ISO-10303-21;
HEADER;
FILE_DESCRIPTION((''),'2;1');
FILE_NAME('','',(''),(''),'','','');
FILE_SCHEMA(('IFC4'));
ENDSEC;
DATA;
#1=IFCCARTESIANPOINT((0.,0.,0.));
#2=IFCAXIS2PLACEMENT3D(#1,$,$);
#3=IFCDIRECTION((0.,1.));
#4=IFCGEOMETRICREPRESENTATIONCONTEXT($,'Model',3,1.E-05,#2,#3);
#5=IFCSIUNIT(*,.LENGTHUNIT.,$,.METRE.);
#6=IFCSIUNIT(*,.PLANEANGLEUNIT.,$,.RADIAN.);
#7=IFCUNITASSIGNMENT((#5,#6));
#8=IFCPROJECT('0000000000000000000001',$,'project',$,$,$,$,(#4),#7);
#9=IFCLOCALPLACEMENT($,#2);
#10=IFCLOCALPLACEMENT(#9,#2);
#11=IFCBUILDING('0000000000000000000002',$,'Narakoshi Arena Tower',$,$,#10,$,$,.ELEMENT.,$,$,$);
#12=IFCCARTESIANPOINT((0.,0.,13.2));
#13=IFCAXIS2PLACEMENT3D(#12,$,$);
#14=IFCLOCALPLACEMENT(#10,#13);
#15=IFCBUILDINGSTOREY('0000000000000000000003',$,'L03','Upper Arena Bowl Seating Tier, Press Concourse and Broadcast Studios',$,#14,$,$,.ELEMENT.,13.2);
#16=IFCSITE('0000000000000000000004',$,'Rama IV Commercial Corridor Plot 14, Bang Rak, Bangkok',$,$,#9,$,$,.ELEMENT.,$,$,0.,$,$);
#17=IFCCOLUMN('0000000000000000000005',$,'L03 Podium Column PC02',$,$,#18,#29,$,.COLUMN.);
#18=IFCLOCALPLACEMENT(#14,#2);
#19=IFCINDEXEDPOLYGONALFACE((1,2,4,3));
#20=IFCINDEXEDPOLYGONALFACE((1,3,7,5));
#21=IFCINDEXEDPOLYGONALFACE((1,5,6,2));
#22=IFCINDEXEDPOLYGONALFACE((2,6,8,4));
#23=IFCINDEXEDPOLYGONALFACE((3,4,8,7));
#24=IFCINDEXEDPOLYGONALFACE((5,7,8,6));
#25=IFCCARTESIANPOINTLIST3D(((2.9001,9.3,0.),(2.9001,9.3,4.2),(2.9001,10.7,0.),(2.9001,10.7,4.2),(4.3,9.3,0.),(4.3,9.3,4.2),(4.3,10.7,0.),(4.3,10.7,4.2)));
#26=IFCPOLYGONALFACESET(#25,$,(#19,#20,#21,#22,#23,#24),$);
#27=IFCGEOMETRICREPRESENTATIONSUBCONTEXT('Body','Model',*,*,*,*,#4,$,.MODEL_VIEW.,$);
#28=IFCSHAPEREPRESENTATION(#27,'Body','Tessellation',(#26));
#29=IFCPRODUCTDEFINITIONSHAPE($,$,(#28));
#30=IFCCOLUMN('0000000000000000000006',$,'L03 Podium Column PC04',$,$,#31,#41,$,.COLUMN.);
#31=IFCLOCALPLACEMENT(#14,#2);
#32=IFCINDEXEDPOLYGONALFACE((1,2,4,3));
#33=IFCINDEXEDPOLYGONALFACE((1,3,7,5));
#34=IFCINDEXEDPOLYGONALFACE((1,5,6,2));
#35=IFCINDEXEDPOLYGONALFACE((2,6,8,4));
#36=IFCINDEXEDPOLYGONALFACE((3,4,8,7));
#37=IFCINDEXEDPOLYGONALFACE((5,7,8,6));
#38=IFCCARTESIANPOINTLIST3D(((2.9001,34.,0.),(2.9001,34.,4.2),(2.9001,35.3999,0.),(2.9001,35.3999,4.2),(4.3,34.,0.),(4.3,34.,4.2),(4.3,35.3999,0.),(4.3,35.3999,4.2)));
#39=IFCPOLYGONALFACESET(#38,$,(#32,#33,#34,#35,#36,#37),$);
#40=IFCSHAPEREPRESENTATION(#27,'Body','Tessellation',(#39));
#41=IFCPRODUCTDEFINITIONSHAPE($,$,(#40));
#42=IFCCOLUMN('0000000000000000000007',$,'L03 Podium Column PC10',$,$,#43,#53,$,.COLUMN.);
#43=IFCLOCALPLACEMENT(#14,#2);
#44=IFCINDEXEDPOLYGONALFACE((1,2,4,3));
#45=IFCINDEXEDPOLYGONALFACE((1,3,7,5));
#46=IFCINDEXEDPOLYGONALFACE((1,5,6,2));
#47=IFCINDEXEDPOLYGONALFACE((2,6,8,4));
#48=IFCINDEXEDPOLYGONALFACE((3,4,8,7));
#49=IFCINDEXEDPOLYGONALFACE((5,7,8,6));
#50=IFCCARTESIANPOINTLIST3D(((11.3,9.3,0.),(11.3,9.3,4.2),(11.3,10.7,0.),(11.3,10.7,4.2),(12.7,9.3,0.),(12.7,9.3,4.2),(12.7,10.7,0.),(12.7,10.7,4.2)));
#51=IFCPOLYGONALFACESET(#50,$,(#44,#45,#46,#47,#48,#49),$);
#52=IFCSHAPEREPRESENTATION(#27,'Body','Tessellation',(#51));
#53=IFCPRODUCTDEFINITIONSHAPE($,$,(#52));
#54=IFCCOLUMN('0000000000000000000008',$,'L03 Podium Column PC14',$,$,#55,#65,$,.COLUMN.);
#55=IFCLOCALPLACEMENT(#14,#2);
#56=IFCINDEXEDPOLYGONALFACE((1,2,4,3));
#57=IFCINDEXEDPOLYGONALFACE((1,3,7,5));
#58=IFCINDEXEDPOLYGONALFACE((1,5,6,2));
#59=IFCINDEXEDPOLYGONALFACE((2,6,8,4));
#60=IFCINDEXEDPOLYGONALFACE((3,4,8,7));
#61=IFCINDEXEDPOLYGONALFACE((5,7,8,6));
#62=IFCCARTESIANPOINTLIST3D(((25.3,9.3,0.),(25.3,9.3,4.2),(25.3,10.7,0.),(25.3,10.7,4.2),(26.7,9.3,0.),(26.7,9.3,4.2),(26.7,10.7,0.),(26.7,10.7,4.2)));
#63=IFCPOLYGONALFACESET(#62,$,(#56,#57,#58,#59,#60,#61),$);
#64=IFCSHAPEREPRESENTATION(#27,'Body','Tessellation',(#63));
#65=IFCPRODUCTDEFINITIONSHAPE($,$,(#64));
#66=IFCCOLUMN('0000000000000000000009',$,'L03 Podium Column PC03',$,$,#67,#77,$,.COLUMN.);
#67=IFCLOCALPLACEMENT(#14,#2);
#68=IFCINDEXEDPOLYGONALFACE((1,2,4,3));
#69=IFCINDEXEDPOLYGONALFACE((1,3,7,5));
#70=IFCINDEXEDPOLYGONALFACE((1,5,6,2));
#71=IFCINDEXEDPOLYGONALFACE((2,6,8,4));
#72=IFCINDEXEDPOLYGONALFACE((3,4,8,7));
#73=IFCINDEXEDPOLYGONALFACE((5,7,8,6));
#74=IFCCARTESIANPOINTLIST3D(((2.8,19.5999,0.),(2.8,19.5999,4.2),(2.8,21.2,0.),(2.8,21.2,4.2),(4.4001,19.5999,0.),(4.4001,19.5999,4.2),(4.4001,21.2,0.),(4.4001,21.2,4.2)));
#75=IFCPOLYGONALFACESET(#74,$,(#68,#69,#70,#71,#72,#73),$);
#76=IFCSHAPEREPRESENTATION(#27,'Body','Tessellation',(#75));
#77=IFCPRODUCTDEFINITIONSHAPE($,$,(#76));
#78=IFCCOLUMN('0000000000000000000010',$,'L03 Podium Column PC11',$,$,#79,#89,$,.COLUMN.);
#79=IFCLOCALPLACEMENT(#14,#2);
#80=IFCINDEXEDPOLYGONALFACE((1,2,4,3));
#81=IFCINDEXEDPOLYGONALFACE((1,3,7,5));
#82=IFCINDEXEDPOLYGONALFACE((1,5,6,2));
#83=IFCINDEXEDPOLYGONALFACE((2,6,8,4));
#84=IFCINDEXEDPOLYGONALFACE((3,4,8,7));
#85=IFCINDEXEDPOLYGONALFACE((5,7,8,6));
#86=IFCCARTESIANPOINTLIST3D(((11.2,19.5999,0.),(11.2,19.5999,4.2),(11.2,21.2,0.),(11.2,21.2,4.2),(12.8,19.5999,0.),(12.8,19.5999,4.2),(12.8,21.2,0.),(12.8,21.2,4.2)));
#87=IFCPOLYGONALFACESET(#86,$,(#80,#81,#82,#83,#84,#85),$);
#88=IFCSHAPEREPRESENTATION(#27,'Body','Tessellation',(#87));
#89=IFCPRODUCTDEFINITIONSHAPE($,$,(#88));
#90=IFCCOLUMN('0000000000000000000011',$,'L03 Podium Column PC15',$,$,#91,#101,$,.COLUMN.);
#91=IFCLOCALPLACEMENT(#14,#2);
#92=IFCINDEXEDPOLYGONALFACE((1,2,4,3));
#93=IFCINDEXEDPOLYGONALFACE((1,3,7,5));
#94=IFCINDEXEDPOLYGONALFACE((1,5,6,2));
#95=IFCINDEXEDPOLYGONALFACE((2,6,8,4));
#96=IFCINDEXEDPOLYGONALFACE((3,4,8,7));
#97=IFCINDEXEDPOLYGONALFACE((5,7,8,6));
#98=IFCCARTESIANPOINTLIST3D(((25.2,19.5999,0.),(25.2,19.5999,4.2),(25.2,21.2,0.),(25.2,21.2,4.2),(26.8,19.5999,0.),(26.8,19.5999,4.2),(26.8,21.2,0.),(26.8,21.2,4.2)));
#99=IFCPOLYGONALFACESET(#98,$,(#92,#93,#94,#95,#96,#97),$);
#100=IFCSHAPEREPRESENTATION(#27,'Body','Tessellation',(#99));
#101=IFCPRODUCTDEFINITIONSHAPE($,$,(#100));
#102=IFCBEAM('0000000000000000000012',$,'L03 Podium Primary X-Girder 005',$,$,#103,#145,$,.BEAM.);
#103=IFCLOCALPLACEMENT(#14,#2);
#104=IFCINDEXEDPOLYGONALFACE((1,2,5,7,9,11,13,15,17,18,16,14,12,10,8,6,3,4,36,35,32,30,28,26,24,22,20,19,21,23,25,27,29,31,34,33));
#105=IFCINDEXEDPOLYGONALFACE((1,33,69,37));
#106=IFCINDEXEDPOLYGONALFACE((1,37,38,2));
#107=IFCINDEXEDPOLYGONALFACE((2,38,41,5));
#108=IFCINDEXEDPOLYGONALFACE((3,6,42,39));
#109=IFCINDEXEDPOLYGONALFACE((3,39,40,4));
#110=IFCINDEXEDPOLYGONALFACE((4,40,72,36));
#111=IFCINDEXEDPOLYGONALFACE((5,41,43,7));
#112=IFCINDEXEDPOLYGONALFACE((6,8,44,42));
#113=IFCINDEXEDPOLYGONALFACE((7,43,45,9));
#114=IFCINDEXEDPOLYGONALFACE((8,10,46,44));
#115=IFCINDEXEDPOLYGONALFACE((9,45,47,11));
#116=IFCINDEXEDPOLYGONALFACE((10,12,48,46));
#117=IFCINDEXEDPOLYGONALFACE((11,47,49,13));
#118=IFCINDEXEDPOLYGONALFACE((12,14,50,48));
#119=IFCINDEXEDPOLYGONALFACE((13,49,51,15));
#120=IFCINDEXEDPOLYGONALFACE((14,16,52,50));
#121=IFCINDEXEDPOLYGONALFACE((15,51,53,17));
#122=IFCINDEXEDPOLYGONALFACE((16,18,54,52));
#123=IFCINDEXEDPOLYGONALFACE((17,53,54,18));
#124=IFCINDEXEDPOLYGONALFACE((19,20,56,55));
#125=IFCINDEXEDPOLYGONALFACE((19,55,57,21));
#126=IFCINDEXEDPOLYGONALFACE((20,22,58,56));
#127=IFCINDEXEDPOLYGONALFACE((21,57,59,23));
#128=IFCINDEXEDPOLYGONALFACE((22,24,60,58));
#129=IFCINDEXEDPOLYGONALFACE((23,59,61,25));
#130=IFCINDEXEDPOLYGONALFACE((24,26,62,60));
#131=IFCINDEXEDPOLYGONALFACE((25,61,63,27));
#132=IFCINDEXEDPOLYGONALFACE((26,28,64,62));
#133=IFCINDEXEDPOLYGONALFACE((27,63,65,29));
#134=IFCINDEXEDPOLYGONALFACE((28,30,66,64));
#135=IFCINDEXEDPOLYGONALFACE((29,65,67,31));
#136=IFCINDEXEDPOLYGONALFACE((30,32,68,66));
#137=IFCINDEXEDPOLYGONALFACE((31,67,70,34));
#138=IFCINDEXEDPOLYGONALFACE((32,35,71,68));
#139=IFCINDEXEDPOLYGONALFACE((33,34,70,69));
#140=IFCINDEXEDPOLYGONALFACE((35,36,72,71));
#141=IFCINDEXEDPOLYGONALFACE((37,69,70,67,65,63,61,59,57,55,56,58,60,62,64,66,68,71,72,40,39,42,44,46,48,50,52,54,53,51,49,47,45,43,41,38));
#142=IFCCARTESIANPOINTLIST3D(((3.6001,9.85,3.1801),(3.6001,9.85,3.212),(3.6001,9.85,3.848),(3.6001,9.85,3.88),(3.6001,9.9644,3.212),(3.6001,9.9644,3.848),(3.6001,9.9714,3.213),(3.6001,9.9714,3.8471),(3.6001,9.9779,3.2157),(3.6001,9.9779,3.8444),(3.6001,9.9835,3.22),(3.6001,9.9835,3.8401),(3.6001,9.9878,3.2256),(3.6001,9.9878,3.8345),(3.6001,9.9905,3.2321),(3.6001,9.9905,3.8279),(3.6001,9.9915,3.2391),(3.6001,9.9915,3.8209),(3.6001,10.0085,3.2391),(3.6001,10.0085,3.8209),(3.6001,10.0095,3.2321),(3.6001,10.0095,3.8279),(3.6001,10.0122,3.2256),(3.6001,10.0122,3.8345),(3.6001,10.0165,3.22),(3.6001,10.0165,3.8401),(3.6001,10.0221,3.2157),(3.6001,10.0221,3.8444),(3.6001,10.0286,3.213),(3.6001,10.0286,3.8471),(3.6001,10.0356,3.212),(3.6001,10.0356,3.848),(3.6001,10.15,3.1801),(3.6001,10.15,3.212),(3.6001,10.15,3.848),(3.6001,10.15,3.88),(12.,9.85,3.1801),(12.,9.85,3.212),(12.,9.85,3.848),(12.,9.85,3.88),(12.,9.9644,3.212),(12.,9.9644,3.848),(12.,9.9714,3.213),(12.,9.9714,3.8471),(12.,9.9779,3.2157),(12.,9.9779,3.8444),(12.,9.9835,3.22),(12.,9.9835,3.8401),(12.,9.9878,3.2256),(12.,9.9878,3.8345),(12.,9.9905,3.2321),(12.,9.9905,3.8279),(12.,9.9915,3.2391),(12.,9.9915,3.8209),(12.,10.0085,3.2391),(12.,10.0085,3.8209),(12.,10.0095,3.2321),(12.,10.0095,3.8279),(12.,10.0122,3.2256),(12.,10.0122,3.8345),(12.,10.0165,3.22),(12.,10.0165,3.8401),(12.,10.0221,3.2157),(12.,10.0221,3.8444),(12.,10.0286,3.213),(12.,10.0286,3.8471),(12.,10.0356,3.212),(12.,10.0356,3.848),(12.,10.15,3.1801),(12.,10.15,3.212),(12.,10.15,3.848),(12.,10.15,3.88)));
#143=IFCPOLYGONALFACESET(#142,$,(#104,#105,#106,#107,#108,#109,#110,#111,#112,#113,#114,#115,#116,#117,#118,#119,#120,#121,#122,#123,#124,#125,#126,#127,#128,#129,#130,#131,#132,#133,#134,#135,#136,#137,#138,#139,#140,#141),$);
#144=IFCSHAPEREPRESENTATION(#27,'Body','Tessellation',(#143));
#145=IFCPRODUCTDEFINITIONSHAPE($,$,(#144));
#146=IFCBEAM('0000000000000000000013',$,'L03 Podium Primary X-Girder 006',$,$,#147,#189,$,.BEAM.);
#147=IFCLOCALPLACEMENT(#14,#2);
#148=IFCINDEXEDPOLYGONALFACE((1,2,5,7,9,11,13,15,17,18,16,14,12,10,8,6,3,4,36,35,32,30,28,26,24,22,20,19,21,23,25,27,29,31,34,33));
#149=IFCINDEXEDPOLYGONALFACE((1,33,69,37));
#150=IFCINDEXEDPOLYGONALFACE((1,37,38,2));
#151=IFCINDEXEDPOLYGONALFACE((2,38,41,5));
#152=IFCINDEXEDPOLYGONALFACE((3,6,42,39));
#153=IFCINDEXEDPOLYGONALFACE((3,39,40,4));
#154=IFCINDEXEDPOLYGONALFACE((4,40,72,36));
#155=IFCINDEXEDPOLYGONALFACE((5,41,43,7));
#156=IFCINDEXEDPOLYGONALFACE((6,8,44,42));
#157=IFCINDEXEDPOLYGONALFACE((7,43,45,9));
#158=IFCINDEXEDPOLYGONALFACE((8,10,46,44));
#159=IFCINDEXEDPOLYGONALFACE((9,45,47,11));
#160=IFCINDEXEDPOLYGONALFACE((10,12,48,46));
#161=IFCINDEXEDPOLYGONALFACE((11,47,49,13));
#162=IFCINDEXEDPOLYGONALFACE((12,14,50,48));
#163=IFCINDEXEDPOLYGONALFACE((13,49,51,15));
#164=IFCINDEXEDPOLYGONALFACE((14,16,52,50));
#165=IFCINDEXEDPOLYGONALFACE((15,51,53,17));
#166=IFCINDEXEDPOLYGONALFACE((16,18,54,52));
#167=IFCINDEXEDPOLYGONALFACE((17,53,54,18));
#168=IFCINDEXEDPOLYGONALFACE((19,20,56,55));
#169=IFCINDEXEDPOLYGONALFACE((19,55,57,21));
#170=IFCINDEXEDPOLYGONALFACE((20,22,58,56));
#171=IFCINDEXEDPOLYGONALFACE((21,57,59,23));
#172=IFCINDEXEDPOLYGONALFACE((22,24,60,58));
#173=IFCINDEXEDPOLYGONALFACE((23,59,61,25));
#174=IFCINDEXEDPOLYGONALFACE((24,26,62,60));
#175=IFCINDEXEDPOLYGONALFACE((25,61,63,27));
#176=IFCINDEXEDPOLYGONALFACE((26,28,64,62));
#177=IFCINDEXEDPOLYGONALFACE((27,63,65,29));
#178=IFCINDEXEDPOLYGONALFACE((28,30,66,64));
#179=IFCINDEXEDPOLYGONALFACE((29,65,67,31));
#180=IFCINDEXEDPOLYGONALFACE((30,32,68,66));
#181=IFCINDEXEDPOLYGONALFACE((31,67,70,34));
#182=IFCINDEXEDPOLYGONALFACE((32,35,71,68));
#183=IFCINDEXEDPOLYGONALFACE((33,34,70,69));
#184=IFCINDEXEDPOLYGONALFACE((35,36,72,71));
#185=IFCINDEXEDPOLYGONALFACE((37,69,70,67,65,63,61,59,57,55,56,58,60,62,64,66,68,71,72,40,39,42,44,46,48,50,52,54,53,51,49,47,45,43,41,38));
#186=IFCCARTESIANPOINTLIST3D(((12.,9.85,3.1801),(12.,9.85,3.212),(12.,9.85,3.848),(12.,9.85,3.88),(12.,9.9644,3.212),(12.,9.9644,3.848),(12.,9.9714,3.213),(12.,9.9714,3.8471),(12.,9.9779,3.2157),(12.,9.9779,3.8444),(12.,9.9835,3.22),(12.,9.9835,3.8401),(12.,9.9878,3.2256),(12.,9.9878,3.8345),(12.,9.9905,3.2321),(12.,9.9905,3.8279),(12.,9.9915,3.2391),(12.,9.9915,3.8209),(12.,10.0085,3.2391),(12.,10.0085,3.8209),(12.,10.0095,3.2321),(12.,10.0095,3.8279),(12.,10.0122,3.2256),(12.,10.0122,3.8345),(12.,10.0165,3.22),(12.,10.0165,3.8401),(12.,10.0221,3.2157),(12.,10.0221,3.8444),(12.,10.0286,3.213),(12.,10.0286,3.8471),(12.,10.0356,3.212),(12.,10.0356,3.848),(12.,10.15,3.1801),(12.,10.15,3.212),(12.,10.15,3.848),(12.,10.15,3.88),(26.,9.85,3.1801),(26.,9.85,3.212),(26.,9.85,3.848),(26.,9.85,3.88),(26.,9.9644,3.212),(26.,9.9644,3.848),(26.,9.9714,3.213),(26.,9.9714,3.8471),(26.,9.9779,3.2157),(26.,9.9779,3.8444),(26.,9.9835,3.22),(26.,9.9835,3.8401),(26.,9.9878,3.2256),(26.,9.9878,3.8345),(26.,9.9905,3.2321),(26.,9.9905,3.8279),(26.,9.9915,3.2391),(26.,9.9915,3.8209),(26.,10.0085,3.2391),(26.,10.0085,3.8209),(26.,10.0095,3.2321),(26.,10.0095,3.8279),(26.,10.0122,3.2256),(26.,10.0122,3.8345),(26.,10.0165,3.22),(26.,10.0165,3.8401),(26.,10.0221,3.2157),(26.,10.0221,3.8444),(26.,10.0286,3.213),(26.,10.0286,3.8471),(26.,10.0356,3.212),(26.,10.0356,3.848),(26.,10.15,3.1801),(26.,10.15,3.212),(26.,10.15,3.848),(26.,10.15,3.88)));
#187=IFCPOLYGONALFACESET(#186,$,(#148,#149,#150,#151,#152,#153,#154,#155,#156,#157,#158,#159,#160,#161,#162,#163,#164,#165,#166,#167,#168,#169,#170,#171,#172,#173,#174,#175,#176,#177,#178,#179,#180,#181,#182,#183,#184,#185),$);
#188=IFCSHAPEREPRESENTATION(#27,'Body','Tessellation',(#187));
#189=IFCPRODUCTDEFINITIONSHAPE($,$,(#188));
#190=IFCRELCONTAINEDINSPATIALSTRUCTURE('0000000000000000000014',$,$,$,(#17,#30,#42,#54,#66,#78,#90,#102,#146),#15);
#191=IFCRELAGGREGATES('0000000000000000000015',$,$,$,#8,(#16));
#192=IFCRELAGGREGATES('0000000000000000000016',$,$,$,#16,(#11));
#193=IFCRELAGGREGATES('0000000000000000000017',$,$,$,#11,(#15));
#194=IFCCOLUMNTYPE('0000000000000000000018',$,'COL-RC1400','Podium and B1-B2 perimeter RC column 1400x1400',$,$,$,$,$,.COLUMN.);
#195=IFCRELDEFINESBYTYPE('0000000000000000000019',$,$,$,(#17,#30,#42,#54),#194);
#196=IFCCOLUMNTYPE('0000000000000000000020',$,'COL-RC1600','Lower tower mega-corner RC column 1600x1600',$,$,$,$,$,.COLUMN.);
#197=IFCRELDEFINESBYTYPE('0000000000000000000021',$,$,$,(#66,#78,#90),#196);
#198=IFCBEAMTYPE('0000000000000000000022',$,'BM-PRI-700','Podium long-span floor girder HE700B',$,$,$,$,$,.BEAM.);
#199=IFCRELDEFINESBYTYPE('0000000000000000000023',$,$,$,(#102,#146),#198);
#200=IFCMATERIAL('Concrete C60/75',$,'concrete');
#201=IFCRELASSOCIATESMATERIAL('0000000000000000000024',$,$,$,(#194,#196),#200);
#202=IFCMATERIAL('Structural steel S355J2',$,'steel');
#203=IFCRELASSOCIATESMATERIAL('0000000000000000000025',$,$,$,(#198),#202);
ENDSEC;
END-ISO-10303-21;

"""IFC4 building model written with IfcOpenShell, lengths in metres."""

from ifc_helpers import new_model, si_unit, direction, frame, origin, origin_2d, place, context, subcontext, project, spatial, rectangle, i_section, extrude, material, material_profile, profile_set, type_object, element, save


model = new_model("IFC4")

# Units and contexts
model_context = context("Model", 3, precision=1e-05, world=origin(), true_north=direction((0.0, 1.0)))
body_context = subcontext(model_context, "Body", "Model", "MODEL_VIEW")
ifc_project = project(units=[si_unit("LENGTHUNIT", "METRE"), si_unit("PLANEANGLEUNIT", "RADIAN")], contexts=[model_context])

# Site, building, storey
site_placement = place(None, origin())
site = spatial("IfcSite", under=ifc_project, at=site_placement, Name="Rama IV Commercial Corridor Plot 14, Bang Rak, Bangkok", CompositionType="ELEMENT", RefElevation=0.0)
building_placement = place(site_placement, origin())
building = spatial("IfcBuilding", under=site, at=building_placement, Name="Narakoshi Arena Tower", CompositionType="ELEMENT")
storey_placement = place(building_placement, frame((0.0, 0.0, 13.2)))
storey = spatial("IfcBuildingStorey", under=building, at=storey_placement, Name="L03", Description="Upper Arena Bowl Seating Tier, Press Concourse and Broadcast Studios", CompositionType="ELEMENT", Elevation=13.2)

# Columns
ifc_material_1 = material(Name="Concrete C60/75", Category="concrete")
ifc_material_profile_1 = material_profile(ifc_material_1, rectangle(XDim=1.3999, YDim=1.3999, at=origin_2d()), Name="RC1400x1400")
ifc_profile_set_1 = profile_set([ifc_material_profile_1], Name="Concrete C60/75")
column_type_1 = type_object("IfcColumnType", Name="COL-RC1400", Description="Podium and B1-B2 perimeter RC column 1400x1400", PredefinedType="COLUMN", material=ifc_profile_set_1)
for number, where, z_axis, x_axis, name in (
    (1, (3.6001, 10.0, 0.0), (0.0, 0.0, 1.0), (1.0, 0.0, 0.0), "L03 Podium Column PC02"),
    (2, (3.6001, 34.7, 0.0), (0.0, 0.0, 1.0), (1.0, 0.0, 0.0), "L03 Podium Column PC04"),
    (3, (12.0, 10.0, 0.0), (0.0, 0.0, 1.0), (1.0, 0.0, 0.0), "L03 Podium Column PC10"),
    (4, (26.0, 10.0, 0.0), (0.0, 0.0, 1.0), (1.0, 0.0, 0.0), "L03 Podium Column PC14"),
):
    element("IfcColumn", number, at=place(storey_placement, frame(where, z_axis=z_axis, x_axis=x_axis)), inside=storey, type_object=column_type_1, Name=name, PredefinedType="COLUMN", context=body_context, shape_type="SweptSolid", body=[
        extrude(rectangle(XDim=1.3999, YDim=1.3999, at=origin_2d()), origin(), (0.0, 0.0, 1.0), 4.2),
    ])
ifc_material_profile_2 = material_profile(ifc_material_1, rectangle(XDim=1.6001, YDim=1.6001, at=origin_2d()), Name="RC1600x1600")
ifc_profile_set_2 = profile_set([ifc_material_profile_2], Name="Concrete C60/75")
column_type_2 = type_object("IfcColumnType", Name="COL-RC1600", Description="Lower tower mega-corner RC column 1600x1600", PredefinedType="COLUMN", material=ifc_profile_set_2)
for number, where, z_axis, x_axis, name in (
    (5, (3.6001, 20.3999, 0.0), (0.0, 0.0, 1.0), (1.0, 0.0, 0.0), "L03 Podium Column PC03"),
    (6, (12.0, 20.3999, 0.0), (0.0, 0.0, 1.0), (1.0, 0.0, 0.0), "L03 Podium Column PC11"),
    (7, (26.0, 20.3999, 0.0), (0.0, 0.0, 1.0), (1.0, 0.0, 0.0), "L03 Podium Column PC15"),
):
    element("IfcColumn", number, at=place(storey_placement, frame(where, z_axis=z_axis, x_axis=x_axis)), inside=storey, type_object=column_type_2, Name=name, PredefinedType="COLUMN", context=body_context, shape_type="SweptSolid", body=[
        extrude(rectangle(XDim=1.6001, YDim=1.6001, at=origin_2d()), origin(), (0.0, 0.0, 1.0), 4.2),
    ])

# Beams
ifc_material_2 = material(Name="Structural steel S355J2", Category="steel")
ifc_material_profile_3 = material_profile(ifc_material_2, i_section(OverallWidth=0.3, OverallDepth=0.7, WebThickness=0.0171, FlangeThickness=0.032, FilletRadius=0.0271, at=origin_2d()), Name="HE700B")
ifc_profile_set_3 = profile_set([ifc_material_profile_3], Name="Structural steel S355J2")
beam_type_1 = type_object("IfcBeamType", Name="BM-PRI-700", Description="Podium long-span floor girder HE700B", PredefinedType="BEAM", material=ifc_profile_set_3)
beam_1_placement = place(storey_placement, frame((3.6001, 10.0, 3.53), z_axis=(1.0, 0.0, 0.0), x_axis=(0.0, 1.0, 0.0)))
element("IfcBeam", 8, at=beam_1_placement, inside=storey, type_object=beam_type_1, Name="L03 Podium Primary X-Girder 005", PredefinedType="BEAM", context=body_context, shape_type="SweptSolid", body=[
    extrude(i_section(OverallWidth=0.3, OverallDepth=0.7, WebThickness=0.0171, FlangeThickness=0.032, FilletRadius=0.0271, at=origin_2d()), origin(), (0.0, 0.0, 1.0), 8.3999),
])
for number, where, z_axis, x_axis, name in (
    (9, (12.0, 10.0, 3.53), (1.0, 0.0, 0.0), (0.0, 1.0, 0.0), "L03 Podium Primary X-Girder 006"),
):
    element("IfcBeam", number, at=place(storey_placement, frame(where, z_axis=z_axis, x_axis=x_axis)), inside=storey, type_object=beam_type_1, Name=name, PredefinedType="BEAM", context=body_context, shape_type="SweptSolid", body=[
        extrude(i_section(OverallWidth=0.3, OverallDepth=0.7, WebThickness=0.0171, FlangeThickness=0.032, FilletRadius=0.0271, at=origin_2d()), origin(), (0.0, 0.0, 1.0), 14.0),
    ])

save(model, "model.ifc")
